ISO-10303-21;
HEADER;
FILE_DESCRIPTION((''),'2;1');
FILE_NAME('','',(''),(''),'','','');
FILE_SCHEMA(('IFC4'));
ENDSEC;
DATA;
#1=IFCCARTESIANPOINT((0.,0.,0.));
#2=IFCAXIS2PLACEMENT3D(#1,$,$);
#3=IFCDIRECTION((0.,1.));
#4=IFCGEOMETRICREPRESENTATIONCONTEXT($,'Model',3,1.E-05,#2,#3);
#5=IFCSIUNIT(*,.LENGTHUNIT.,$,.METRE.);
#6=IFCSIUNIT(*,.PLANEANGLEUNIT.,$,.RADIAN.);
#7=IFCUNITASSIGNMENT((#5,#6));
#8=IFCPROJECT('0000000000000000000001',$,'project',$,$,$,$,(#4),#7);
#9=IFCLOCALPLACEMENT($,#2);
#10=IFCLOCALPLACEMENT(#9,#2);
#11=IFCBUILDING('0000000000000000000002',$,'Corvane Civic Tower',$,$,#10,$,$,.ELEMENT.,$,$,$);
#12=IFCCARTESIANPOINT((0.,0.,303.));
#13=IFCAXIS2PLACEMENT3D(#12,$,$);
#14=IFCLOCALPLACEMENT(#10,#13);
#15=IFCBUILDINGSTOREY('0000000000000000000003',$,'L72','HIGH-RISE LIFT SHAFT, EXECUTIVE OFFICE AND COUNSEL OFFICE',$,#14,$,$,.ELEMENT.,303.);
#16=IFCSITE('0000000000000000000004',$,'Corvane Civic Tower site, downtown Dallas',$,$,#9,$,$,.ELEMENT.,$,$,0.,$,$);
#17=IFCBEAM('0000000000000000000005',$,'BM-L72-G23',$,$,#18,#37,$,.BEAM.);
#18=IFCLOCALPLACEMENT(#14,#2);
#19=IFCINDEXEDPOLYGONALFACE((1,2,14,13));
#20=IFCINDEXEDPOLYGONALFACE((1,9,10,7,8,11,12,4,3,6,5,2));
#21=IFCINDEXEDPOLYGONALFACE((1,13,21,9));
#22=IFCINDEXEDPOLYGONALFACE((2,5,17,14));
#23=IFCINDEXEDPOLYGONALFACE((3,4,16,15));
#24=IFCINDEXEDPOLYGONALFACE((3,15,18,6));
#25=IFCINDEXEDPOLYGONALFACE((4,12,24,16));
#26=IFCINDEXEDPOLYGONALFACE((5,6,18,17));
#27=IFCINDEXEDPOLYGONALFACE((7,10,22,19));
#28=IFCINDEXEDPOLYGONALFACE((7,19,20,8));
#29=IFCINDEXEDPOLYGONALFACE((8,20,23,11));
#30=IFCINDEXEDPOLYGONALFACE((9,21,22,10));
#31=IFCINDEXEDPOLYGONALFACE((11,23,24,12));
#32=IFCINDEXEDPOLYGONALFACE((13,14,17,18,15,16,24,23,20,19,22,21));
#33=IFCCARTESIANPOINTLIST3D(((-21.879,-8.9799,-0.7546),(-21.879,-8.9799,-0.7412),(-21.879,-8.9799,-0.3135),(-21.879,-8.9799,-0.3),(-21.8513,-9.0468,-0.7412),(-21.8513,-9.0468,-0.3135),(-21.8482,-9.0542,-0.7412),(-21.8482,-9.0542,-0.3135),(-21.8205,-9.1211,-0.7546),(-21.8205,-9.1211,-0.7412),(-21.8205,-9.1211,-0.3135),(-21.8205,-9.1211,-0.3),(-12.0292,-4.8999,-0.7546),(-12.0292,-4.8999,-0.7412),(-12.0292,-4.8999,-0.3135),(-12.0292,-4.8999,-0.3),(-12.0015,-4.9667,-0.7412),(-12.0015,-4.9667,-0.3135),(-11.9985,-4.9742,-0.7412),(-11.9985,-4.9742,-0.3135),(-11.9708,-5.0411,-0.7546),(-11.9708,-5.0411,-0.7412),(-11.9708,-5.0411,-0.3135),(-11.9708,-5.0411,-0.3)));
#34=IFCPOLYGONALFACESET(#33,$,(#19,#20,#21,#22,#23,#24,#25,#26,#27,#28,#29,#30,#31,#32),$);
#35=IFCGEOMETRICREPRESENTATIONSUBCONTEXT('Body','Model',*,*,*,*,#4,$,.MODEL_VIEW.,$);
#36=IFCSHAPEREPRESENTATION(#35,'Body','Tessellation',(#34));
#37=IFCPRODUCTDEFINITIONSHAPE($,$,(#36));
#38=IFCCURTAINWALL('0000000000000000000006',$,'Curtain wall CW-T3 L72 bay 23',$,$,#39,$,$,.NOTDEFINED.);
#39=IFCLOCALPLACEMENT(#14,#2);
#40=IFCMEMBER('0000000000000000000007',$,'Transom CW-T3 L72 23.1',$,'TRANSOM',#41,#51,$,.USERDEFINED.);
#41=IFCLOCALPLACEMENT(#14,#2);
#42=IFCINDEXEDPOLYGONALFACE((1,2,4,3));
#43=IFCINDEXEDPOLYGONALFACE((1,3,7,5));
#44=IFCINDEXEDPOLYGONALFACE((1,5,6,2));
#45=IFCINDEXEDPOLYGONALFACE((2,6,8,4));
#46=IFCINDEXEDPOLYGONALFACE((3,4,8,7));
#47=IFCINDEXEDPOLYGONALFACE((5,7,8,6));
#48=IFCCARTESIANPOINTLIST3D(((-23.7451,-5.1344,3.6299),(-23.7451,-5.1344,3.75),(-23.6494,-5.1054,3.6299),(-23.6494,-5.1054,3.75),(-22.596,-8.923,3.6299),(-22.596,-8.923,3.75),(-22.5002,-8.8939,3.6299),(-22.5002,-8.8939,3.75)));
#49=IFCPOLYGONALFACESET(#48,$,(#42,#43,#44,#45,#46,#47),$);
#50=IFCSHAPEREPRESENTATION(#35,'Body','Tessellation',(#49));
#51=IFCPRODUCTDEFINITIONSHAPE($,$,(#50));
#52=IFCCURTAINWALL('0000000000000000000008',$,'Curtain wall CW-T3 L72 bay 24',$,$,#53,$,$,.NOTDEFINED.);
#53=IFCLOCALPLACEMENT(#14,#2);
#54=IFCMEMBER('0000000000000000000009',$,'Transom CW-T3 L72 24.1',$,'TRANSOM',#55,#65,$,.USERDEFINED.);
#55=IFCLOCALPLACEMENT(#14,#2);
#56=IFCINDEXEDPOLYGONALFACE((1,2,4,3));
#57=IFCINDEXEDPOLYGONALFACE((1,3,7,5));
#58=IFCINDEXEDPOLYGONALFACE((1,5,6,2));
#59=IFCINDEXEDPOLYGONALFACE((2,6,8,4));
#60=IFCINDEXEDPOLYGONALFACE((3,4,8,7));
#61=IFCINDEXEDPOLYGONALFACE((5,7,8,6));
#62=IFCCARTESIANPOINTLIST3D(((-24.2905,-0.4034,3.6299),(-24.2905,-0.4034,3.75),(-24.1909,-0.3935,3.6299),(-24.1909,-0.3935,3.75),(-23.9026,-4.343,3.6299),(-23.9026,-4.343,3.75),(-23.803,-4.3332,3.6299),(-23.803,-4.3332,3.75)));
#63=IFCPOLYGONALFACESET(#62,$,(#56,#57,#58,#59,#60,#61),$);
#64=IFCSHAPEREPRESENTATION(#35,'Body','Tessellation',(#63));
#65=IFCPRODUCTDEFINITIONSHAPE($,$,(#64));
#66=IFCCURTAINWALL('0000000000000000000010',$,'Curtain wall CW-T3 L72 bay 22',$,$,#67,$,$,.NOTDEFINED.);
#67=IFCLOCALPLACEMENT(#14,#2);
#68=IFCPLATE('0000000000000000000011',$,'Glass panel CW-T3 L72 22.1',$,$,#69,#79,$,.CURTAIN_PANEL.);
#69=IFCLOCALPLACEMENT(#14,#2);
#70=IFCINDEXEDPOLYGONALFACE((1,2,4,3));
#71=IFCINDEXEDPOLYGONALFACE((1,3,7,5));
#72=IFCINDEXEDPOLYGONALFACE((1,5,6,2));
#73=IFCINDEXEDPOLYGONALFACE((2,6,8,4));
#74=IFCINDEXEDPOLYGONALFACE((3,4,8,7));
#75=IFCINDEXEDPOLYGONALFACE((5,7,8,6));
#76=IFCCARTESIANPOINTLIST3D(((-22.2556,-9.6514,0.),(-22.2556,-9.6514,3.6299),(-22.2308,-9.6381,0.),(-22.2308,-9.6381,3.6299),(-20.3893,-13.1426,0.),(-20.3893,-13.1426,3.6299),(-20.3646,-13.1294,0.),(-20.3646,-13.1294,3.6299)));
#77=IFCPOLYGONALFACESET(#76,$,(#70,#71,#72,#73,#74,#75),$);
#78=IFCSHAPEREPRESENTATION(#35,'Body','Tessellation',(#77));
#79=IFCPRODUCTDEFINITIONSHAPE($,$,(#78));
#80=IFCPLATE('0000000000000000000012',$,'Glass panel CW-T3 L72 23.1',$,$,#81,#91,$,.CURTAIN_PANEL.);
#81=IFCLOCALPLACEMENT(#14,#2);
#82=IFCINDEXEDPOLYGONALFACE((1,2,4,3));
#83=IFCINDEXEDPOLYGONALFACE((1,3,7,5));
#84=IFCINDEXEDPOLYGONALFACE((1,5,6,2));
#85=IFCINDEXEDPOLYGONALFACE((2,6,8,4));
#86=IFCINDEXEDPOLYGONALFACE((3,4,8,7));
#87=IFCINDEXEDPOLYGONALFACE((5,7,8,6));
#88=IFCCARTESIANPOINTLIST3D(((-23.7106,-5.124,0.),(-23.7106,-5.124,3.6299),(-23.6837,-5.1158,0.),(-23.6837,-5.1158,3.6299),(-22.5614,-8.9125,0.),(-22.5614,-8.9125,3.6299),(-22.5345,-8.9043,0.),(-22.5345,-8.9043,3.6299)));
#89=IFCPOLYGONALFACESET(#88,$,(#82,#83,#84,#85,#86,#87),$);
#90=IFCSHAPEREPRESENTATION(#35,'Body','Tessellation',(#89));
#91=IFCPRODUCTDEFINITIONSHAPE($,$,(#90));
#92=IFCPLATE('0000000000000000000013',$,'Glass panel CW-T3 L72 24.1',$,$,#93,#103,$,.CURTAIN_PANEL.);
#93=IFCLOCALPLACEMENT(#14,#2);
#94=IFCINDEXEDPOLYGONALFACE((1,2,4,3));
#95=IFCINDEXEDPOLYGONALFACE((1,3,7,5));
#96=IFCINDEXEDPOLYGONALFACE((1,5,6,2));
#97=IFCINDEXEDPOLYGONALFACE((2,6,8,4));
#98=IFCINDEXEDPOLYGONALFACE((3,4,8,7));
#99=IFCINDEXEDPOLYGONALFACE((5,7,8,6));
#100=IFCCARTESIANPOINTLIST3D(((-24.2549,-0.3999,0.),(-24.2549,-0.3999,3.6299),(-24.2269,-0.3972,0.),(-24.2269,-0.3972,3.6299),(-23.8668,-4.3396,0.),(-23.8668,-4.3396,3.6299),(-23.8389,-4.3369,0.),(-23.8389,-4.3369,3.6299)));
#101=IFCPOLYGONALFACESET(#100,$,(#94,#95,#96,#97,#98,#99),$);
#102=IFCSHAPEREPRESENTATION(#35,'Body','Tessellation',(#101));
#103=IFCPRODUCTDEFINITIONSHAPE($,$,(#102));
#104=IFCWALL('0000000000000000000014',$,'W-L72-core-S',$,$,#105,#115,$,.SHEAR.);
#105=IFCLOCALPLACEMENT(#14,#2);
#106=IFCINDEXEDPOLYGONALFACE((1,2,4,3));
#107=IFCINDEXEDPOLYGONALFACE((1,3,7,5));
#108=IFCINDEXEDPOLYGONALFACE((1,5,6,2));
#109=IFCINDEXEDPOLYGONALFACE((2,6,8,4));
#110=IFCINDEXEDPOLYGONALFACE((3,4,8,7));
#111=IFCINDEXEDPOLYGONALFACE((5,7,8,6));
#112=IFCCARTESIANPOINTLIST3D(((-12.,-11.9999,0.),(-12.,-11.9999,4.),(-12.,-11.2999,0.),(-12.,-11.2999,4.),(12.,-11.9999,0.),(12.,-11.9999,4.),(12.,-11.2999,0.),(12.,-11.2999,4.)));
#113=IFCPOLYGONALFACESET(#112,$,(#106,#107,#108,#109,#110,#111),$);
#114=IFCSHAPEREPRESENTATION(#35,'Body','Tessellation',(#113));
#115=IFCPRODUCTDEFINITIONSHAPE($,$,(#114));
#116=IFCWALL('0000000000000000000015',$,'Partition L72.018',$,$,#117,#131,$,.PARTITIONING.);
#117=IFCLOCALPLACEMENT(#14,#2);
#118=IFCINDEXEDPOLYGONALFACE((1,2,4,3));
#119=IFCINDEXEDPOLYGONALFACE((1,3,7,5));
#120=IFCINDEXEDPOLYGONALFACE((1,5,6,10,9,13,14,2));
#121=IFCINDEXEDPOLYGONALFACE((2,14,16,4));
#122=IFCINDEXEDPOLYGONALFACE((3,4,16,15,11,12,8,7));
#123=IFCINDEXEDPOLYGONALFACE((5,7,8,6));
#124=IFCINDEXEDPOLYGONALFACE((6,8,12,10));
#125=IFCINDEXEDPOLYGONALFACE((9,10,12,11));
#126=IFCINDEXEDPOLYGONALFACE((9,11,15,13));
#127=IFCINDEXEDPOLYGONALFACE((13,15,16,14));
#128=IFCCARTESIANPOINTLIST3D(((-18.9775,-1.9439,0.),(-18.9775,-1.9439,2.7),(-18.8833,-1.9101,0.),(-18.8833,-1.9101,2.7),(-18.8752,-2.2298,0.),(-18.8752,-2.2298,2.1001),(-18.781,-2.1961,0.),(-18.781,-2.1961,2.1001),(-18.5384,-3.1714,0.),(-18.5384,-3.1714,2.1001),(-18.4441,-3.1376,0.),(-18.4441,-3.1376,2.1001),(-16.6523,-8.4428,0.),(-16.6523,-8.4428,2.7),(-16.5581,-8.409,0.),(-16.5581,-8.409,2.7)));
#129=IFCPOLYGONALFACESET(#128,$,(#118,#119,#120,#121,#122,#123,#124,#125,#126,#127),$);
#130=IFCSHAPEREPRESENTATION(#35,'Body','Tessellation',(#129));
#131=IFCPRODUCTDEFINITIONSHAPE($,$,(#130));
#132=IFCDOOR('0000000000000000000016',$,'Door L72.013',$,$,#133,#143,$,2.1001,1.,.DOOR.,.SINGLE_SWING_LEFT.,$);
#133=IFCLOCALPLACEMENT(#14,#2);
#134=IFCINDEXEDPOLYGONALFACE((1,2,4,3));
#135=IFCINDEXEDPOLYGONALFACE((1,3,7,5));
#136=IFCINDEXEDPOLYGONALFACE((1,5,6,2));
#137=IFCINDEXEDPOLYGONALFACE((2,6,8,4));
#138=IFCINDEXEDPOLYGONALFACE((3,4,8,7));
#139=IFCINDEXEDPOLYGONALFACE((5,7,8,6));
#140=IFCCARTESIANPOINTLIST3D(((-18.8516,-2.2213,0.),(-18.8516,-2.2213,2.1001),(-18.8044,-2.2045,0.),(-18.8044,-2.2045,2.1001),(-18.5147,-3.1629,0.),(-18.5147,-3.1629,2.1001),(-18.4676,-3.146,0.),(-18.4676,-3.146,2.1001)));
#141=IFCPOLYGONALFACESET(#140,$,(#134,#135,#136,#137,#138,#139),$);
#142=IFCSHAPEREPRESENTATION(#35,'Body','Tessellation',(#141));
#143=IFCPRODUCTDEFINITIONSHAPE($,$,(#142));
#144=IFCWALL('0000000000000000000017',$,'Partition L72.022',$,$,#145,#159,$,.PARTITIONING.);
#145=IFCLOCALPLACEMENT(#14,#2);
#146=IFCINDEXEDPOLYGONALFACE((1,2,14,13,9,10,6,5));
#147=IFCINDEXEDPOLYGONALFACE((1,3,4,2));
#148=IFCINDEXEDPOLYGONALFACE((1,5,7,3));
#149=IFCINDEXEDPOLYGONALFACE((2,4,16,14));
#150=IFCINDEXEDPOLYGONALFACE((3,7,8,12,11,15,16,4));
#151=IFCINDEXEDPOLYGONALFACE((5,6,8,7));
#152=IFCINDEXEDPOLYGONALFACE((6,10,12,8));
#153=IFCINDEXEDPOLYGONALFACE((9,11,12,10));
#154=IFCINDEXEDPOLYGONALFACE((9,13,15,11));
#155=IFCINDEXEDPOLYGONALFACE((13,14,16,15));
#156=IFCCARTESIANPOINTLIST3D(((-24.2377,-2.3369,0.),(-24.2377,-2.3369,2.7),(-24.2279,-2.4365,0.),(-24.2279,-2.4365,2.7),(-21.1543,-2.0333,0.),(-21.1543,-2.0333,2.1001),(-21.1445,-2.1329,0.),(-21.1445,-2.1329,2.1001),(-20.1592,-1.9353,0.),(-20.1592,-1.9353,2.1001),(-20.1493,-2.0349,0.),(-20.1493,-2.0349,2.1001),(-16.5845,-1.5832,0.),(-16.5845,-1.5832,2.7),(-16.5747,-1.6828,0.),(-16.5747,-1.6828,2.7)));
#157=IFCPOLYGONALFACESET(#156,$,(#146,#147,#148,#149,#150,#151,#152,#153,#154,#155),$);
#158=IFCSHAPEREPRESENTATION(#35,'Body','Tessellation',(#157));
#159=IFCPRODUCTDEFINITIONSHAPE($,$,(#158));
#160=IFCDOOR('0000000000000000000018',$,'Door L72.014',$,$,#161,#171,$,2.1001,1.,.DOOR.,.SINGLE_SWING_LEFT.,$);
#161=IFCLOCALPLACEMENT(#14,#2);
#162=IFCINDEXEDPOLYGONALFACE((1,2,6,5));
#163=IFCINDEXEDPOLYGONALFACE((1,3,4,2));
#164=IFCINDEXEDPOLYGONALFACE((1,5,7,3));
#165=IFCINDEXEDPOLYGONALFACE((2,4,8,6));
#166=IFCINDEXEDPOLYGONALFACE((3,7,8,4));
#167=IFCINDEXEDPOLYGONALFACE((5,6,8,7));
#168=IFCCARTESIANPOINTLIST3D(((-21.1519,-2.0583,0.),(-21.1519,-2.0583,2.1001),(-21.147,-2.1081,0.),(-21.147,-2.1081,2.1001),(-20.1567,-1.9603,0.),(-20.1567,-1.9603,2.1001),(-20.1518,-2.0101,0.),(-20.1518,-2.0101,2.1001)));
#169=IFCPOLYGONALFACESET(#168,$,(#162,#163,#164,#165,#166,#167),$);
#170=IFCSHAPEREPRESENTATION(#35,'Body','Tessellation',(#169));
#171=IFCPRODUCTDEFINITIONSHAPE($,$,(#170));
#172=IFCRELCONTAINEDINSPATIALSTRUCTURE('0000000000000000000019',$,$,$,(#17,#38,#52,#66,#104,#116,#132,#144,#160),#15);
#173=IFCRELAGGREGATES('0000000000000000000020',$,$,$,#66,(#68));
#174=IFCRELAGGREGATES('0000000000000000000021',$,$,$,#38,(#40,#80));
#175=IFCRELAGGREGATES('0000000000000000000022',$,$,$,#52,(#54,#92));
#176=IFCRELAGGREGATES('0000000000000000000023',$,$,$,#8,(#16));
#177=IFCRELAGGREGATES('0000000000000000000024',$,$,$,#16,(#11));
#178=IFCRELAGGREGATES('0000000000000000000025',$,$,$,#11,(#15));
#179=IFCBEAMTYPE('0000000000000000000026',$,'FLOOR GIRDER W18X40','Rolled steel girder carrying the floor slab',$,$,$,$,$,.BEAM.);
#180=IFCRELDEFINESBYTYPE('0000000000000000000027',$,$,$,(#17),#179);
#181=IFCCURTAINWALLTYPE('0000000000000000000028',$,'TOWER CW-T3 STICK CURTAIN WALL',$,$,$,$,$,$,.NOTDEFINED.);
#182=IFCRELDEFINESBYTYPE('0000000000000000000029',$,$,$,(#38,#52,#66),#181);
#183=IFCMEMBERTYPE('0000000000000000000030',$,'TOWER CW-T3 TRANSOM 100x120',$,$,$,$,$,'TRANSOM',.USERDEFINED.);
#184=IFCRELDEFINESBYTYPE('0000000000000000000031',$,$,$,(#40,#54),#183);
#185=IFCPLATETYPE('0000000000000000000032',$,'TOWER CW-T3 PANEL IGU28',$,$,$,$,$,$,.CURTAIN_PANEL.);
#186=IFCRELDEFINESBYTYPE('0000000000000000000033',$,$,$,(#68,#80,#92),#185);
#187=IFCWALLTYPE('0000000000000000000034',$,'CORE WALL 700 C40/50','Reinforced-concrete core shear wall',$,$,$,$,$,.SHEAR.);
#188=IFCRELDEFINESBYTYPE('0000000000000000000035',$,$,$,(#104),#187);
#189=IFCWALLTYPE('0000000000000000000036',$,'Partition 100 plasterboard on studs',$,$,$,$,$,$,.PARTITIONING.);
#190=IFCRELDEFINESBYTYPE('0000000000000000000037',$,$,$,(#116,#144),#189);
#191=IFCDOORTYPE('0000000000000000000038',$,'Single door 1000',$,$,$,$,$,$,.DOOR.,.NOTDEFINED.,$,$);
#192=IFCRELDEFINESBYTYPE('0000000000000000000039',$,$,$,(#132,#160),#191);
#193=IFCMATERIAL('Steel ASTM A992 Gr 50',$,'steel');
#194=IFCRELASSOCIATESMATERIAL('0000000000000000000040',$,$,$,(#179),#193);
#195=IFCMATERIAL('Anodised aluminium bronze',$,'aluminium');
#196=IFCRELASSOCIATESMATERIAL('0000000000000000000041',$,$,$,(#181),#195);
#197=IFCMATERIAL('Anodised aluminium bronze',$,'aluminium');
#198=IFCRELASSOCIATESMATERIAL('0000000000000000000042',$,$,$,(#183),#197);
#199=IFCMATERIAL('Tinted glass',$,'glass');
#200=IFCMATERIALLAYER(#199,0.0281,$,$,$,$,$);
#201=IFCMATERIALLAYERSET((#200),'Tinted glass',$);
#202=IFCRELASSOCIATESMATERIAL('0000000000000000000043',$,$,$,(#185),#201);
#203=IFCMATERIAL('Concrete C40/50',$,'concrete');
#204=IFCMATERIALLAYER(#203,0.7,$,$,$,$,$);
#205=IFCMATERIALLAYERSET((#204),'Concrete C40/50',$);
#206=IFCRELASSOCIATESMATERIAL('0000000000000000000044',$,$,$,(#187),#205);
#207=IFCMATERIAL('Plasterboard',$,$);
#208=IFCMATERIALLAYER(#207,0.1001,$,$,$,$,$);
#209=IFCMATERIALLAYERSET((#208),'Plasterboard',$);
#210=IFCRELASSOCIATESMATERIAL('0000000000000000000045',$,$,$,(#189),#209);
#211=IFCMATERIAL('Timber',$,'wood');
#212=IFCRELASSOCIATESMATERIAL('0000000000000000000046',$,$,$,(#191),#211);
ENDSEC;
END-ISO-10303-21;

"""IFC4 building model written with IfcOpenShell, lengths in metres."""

from ifc_helpers import new_model, si_unit, direction, frame, frame_2d, origin, origin_2d, place, context, subcontext, project, spatial, rectangle, i_section, extrude, material, layer, layer_set, material_profile, profile_set, type_object, element, fill, aggregate, save


model = new_model("IFC4")

# Units and contexts
model_context = context("Model", 3, precision=1e-05, world=origin(), true_north=direction((0.0, 1.0)))
body_context = subcontext(model_context, "Body", "Model", "MODEL_VIEW")
ifc_project = project(units=[si_unit("LENGTHUNIT", "METRE"), si_unit("PLANEANGLEUNIT", "RADIAN")], contexts=[model_context])

# Site, building, storey
site_placement = place(None, origin())
site = spatial("IfcSite", under=ifc_project, at=site_placement, Name="Corvane Civic Tower site, downtown Dallas", CompositionType="ELEMENT", RefElevation=0.0)
building_placement = place(site_placement, origin())
building = spatial("IfcBuilding", under=site, at=building_placement, Name="Corvane Civic Tower", CompositionType="ELEMENT")
storey_placement = place(building_placement, frame((0.0, 0.0, 303.0)))
storey = spatial("IfcBuildingStorey", under=building, at=storey_placement, Name="L72", Description="HIGH-RISE LIFT SHAFT, EXECUTIVE OFFICE AND COUNSEL OFFICE", CompositionType="ELEMENT", Elevation=303.0)

# Beam
ifc_material_1 = material(Name="Steel ASTM A992 Gr 50", Category="steel")
ifc_material_profile_1 = material_profile(ifc_material_1, i_section(OverallWidth=0.1528, OverallDepth=0.4546, WebThickness=0.0081, FlangeThickness=0.0134, at=origin_2d()), Name="W18X40")
ifc_profile_set_1 = profile_set([ifc_material_profile_1], Name="Steel ASTM A992 Gr 50")
beam_type_1 = type_object("IfcBeamType", Name="FLOOR GIRDER W18X40", Description="Rolled steel girder carrying the floor slab", PredefinedType="BEAM", material=ifc_profile_set_1)
beam_1_placement = place(storey_placement, frame((-12.0, -4.9705, -0.5273), z_axis=(-0.923875, -0.382694, 0.0), x_axis=(0.382694, -0.923875, 0.0)))
element("IfcBeam", 1, at=beam_1_placement, inside=storey, type_object=beam_type_1, Name="BM-L72-G23", PredefinedType="BEAM", context=body_context, shape_type="SweptSolid", body=[
    extrude(i_section(OverallWidth=0.1528, OverallDepth=0.4546, WebThickness=0.0081, FlangeThickness=0.0134, at=origin_2d()), origin(), (0.0, 0.0, 1.0), 10.6614),
])

# Curtain walls, members
ifc_material_2 = material(Name="Anodised aluminium bronze", Category="aluminium")
curtain_wall_type = type_object("IfcCurtainWallType", Name="TOWER CW-T3 STICK CURTAIN WALL", PredefinedType="NOTDEFINED", material=ifc_material_2)
curtain_wall_1_placement = place(storey_placement, origin())
curtain_wall_1 = element("IfcCurtainWall", 2, at=curtain_wall_1_placement, inside=storey, type_object=curtain_wall_type, Name="Curtain wall CW-T3 L72 bay 23", PredefinedType="NOTDEFINED")
ifc_material_3 = material(Name="Anodised aluminium bronze", Category="aluminium")
ifc_material_profile_2 = material_profile(ifc_material_3, rectangle(XDim=0.1001, YDim=0.1201, at=origin_2d()), Name="TOWER CW-T3 TRANSOM 100x120")
ifc_profile_set_2 = profile_set([ifc_material_profile_2], Name="Anodised aluminium bronze")
member_type = type_object("IfcMemberType", Name="TOWER CW-T3 TRANSOM 100x120", ElementType="TRANSOM", PredefinedType="USERDEFINED", material=ifc_profile_set_2)
member_1_placement = place(storey_placement, frame((-22.5481, -8.9084, 3.6899), z_axis=(-0.290266, 0.956946, 0.0), x_axis=(-0.956946, -0.290266, 0.0)))
member_1 = element("IfcMember", 3, at=member_1_placement, type_object=member_type, Name="Transom CW-T3 L72 23.1", ObjectType="TRANSOM", PredefinedType="USERDEFINED", context=body_context, shape_type="SweptSolid", body=[
    extrude(rectangle(XDim=0.1001, YDim=0.1201, at=origin_2d()), origin(), (0.0, 0.0, 1.0), 3.959),
])
curtain_wall_2_placement = place(storey_placement, origin())
curtain_wall_2 = element("IfcCurtainWall", 4, at=curtain_wall_2_placement, inside=storey, type_object=curtain_wall_type, Name="Curtain wall CW-T3 L72 bay 24", PredefinedType="NOTDEFINED")
member_2_placement = place(storey_placement, frame((-23.8528, -4.3381, 3.6899), z_axis=(-0.097995, 0.995187, 0.0), x_axis=(-0.995187, -0.097995, 0.0)))
member_2 = element("IfcMember", 5, at=member_2_placement, type_object=member_type, Name="Transom CW-T3 L72 24.1", ObjectType="TRANSOM", PredefinedType="USERDEFINED", context=body_context, shape_type="SweptSolid", body=[
    extrude(rectangle(XDim=0.1001, YDim=0.1201, at=origin_2d()), origin(), (0.0, 0.0, 1.0), 3.9587),
])

# Curtain wall, plate
curtain_wall_3_placement = place(storey_placement, origin())
curtain_wall_3 = element("IfcCurtainWall", 6, at=curtain_wall_3_placement, inside=storey, type_object=curtain_wall_type, Name="Curtain wall CW-T3 L72 bay 22", PredefinedType="NOTDEFINED")
ifc_material_4 = material(Name="Tinted glass", Category="glass")
ifc_layer_1 = layer(ifc_material_4, 0.0281)
ifc_layer_set_1 = layer_set([ifc_layer_1], Name="Tinted glass")
plate_type = type_object("IfcPlateType", Name="TOWER CW-T3 PANEL IGU28", PredefinedType="CURTAIN_PANEL", material=ifc_layer_set_1)
plate_1_placement = place(storey_placement, frame((-21.3101, -11.3904, 0.0), z_axis=(0.0, 0.0, 1.0), x_axis=(-0.471421, 0.881908, 0.0)))
plate_1 = element("IfcPlate", 7, at=plate_1_placement, type_object=plate_type, Name="Glass panel CW-T3 L72 22.1", PredefinedType="CURTAIN_PANEL", context=body_context, shape_type="SweptSolid", body=[
    extrude(rectangle(XDim=3.9587, YDim=0.0281, at=origin_2d()), origin(), (0.0, 0.0, 1.0), 3.6299),
])
aggregate(curtain_wall_3, [plate_1])

# Plates
plate_2_placement = place(storey_placement, frame((-23.1226, -7.0142, 0.0), z_axis=(0.0, 0.0, 1.0), x_axis=(-0.290274, 0.956944, 0.0)))
plate_2 = element("IfcPlate", 8, at=plate_2_placement, type_object=plate_type, Name="Glass panel CW-T3 L72 23.1", PredefinedType="CURTAIN_PANEL", context=body_context, shape_type="SweptSolid", body=[
    extrude(rectangle(XDim=3.959, YDim=0.0281, at=origin_2d()), origin(), (0.0, 0.0, 1.0), 3.6299),
])
aggregate(curtain_wall_1, [member_1, plate_2])
plate_3_placement = place(storey_placement, frame((-24.0469, -2.3684, 0.0), z_axis=(0.0, 0.0, 1.0), x_axis=(-0.098021, 0.995184, 0.0)))
plate_3 = element("IfcPlate", 9, at=plate_3_placement, type_object=plate_type, Name="Glass panel CW-T3 L72 24.1", PredefinedType="CURTAIN_PANEL", context=body_context, shape_type="SweptSolid", body=[
    extrude(rectangle(XDim=3.9587, YDim=0.0281, at=origin_2d()), origin(), (0.0, 0.0, 1.0), 3.6299),
])
aggregate(curtain_wall_2, [member_2, plate_3])

# Wall
ifc_material_5 = material(Name="Concrete C40/50", Category="concrete")
ifc_layer_2 = layer(ifc_material_5, 0.7)
ifc_layer_set_2 = layer_set([ifc_layer_2], Name="Concrete C40/50")
wall_type_1 = type_object("IfcWallType", Name="CORE WALL 700 C40/50", Description="Reinforced-concrete core shear wall", PredefinedType="SHEAR", material=ifc_layer_set_2)
wall_1_placement = place(storey_placement, frame((-12.0, -11.6499, 0.0), z_axis=(0.0, 0.0, 1.0), x_axis=(1.0, 0.0, 0.0)))
element("IfcWall", 10, at=wall_1_placement, inside=storey, type_object=wall_type_1, Name="W-L72-core-S", PredefinedType="SHEAR", context=body_context, shape_type="SweptSolid", body=[
    extrude(rectangle(XDim=24.0, YDim=0.7, at=frame_2d((12.0, 0.0))), origin(), (0.0, 0.0, 1.0), 4.0),
])

# Walls, openings, doors
ifc_material_6 = material(Name="Plasterboard")
ifc_layer_3 = layer(ifc_material_6, 0.1001)
ifc_layer_set_3 = layer_set([ifc_layer_3], Name="Plasterboard")
wall_type_2 = type_object("IfcWallType", Name="Partition 100 plasterboard on studs", PredefinedType="PARTITIONING", material=ifc_layer_set_3)
wall_2_placement = place(storey_placement, frame((-18.9304, -1.927, 0.0), z_axis=(0.0, 0.0, 1.0), x_axis=(0.336876, -0.941549, 0.0)))
wall_2 = element("IfcWall", 11, at=wall_2_placement, inside=storey, type_object=wall_type_2, Name="Partition L72.018", PredefinedType="PARTITIONING", context=body_context, shape_type="SweptSolid", body=[
    extrude(rectangle(XDim=6.9023, YDim=0.1001, at=frame_2d((3.4512, 0.0))), origin(), (0.0, 0.0, 1.0), 2.7),
])
opening_1_placement = place(wall_2_placement, frame((0.3037, 0.0, 0.0)))
opening_1 = element("IfcOpeningElement", 12, at=opening_1_placement, cuts=wall_2, PredefinedType="OPENING", context=body_context, shape_type="SweptSolid", body=[
    extrude(rectangle(XDim=1.0, YDim=2.1001, at=frame_2d((0.5, 1.05))), frame((0.0, 0.0601, 0.0), z_axis=(0.0, -1.0, 0.0), x_axis=(1.0, 0.0, 0.0)), (0.0, 0.0, 1.0), 0.1201),
])
ifc_material_7 = material(Name="Timber", Category="wood")
door_type_1 = type_object("IfcDoorType", Name="Single door 1000", OperationType="NOTDEFINED", PredefinedType="DOOR", material=ifc_material_7)
door_1_placement = place(opening_1_placement, frame((1.0, 0.0, 0.0), z_axis=(0.0, 0.0, 1.0), x_axis=(-1.0, 0.0, 0.0)))
door_1 = element("IfcDoor", 13, at=door_1_placement, inside=storey, type_object=door_type_1, Name="Door L72.013", OperationType="SINGLE_SWING_LEFT", OverallHeight=2.1001, OverallWidth=1.0, PredefinedType="DOOR", context=body_context, shape_type="SweptSolid", body=[
    extrude(rectangle(XDim=1.0, YDim=2.1001, at=frame_2d((0.5, 1.05))), frame((0.0, 0.0249, 0.0), z_axis=(0.0, -1.0, 0.0), x_axis=(1.0, 0.0, 0.0)), (0.0, 0.0, 1.0), 0.05),
])
fill(opening_1, door_1)
wall_3_placement = place(storey_placement, frame((-24.2329, -2.3867, 0.0), z_axis=(0.0, 0.0, 1.0), x_axis=(0.995186, 0.098004, 0.0)))
wall_3 = element("IfcWall", 14, at=wall_3_placement, inside=storey, type_object=wall_type_2, Name="Partition L72.022", PredefinedType="PARTITIONING", context=body_context, shape_type="SweptSolid", body=[
    extrude(rectangle(XDim=7.6902, YDim=0.1001, at=frame_2d((3.8452, 0.0))), origin(), (0.0, 0.0, 1.0), 2.7),
])
opening_2_placement = place(wall_3_placement, frame((3.0984, 0.0, 0.0)))
opening_2 = element("IfcOpeningElement", 15, at=opening_2_placement, cuts=wall_3, PredefinedType="OPENING", context=body_context, shape_type="SweptSolid", body=[
    extrude(rectangle(XDim=1.0, YDim=2.1001, at=frame_2d((0.5, 1.05))), frame((0.0, 0.0601, 0.0), z_axis=(0.0, -1.0, 0.0), x_axis=(1.0, 0.0, 0.0)), (0.0, 0.0, 1.0), 0.1201),
])
door_2_placement = place(opening_2_placement, origin())
door_2 = element("IfcDoor", 16, at=door_2_placement, inside=storey, type_object=door_type_1, Name="Door L72.014", OperationType="SINGLE_SWING_LEFT", OverallHeight=2.1001, OverallWidth=1.0, PredefinedType="DOOR", context=body_context, shape_type="SweptSolid", body=[
    extrude(rectangle(XDim=1.0, YDim=2.1001, at=frame_2d((0.5, 1.05))), frame((0.0, 0.0249, 0.0), z_axis=(0.0, -1.0, 0.0), x_axis=(1.0, 0.0, 0.0)), (0.0, 0.0, 1.0), 0.05),
])
fill(opening_2, door_2)

save(model, "model.ifc")
